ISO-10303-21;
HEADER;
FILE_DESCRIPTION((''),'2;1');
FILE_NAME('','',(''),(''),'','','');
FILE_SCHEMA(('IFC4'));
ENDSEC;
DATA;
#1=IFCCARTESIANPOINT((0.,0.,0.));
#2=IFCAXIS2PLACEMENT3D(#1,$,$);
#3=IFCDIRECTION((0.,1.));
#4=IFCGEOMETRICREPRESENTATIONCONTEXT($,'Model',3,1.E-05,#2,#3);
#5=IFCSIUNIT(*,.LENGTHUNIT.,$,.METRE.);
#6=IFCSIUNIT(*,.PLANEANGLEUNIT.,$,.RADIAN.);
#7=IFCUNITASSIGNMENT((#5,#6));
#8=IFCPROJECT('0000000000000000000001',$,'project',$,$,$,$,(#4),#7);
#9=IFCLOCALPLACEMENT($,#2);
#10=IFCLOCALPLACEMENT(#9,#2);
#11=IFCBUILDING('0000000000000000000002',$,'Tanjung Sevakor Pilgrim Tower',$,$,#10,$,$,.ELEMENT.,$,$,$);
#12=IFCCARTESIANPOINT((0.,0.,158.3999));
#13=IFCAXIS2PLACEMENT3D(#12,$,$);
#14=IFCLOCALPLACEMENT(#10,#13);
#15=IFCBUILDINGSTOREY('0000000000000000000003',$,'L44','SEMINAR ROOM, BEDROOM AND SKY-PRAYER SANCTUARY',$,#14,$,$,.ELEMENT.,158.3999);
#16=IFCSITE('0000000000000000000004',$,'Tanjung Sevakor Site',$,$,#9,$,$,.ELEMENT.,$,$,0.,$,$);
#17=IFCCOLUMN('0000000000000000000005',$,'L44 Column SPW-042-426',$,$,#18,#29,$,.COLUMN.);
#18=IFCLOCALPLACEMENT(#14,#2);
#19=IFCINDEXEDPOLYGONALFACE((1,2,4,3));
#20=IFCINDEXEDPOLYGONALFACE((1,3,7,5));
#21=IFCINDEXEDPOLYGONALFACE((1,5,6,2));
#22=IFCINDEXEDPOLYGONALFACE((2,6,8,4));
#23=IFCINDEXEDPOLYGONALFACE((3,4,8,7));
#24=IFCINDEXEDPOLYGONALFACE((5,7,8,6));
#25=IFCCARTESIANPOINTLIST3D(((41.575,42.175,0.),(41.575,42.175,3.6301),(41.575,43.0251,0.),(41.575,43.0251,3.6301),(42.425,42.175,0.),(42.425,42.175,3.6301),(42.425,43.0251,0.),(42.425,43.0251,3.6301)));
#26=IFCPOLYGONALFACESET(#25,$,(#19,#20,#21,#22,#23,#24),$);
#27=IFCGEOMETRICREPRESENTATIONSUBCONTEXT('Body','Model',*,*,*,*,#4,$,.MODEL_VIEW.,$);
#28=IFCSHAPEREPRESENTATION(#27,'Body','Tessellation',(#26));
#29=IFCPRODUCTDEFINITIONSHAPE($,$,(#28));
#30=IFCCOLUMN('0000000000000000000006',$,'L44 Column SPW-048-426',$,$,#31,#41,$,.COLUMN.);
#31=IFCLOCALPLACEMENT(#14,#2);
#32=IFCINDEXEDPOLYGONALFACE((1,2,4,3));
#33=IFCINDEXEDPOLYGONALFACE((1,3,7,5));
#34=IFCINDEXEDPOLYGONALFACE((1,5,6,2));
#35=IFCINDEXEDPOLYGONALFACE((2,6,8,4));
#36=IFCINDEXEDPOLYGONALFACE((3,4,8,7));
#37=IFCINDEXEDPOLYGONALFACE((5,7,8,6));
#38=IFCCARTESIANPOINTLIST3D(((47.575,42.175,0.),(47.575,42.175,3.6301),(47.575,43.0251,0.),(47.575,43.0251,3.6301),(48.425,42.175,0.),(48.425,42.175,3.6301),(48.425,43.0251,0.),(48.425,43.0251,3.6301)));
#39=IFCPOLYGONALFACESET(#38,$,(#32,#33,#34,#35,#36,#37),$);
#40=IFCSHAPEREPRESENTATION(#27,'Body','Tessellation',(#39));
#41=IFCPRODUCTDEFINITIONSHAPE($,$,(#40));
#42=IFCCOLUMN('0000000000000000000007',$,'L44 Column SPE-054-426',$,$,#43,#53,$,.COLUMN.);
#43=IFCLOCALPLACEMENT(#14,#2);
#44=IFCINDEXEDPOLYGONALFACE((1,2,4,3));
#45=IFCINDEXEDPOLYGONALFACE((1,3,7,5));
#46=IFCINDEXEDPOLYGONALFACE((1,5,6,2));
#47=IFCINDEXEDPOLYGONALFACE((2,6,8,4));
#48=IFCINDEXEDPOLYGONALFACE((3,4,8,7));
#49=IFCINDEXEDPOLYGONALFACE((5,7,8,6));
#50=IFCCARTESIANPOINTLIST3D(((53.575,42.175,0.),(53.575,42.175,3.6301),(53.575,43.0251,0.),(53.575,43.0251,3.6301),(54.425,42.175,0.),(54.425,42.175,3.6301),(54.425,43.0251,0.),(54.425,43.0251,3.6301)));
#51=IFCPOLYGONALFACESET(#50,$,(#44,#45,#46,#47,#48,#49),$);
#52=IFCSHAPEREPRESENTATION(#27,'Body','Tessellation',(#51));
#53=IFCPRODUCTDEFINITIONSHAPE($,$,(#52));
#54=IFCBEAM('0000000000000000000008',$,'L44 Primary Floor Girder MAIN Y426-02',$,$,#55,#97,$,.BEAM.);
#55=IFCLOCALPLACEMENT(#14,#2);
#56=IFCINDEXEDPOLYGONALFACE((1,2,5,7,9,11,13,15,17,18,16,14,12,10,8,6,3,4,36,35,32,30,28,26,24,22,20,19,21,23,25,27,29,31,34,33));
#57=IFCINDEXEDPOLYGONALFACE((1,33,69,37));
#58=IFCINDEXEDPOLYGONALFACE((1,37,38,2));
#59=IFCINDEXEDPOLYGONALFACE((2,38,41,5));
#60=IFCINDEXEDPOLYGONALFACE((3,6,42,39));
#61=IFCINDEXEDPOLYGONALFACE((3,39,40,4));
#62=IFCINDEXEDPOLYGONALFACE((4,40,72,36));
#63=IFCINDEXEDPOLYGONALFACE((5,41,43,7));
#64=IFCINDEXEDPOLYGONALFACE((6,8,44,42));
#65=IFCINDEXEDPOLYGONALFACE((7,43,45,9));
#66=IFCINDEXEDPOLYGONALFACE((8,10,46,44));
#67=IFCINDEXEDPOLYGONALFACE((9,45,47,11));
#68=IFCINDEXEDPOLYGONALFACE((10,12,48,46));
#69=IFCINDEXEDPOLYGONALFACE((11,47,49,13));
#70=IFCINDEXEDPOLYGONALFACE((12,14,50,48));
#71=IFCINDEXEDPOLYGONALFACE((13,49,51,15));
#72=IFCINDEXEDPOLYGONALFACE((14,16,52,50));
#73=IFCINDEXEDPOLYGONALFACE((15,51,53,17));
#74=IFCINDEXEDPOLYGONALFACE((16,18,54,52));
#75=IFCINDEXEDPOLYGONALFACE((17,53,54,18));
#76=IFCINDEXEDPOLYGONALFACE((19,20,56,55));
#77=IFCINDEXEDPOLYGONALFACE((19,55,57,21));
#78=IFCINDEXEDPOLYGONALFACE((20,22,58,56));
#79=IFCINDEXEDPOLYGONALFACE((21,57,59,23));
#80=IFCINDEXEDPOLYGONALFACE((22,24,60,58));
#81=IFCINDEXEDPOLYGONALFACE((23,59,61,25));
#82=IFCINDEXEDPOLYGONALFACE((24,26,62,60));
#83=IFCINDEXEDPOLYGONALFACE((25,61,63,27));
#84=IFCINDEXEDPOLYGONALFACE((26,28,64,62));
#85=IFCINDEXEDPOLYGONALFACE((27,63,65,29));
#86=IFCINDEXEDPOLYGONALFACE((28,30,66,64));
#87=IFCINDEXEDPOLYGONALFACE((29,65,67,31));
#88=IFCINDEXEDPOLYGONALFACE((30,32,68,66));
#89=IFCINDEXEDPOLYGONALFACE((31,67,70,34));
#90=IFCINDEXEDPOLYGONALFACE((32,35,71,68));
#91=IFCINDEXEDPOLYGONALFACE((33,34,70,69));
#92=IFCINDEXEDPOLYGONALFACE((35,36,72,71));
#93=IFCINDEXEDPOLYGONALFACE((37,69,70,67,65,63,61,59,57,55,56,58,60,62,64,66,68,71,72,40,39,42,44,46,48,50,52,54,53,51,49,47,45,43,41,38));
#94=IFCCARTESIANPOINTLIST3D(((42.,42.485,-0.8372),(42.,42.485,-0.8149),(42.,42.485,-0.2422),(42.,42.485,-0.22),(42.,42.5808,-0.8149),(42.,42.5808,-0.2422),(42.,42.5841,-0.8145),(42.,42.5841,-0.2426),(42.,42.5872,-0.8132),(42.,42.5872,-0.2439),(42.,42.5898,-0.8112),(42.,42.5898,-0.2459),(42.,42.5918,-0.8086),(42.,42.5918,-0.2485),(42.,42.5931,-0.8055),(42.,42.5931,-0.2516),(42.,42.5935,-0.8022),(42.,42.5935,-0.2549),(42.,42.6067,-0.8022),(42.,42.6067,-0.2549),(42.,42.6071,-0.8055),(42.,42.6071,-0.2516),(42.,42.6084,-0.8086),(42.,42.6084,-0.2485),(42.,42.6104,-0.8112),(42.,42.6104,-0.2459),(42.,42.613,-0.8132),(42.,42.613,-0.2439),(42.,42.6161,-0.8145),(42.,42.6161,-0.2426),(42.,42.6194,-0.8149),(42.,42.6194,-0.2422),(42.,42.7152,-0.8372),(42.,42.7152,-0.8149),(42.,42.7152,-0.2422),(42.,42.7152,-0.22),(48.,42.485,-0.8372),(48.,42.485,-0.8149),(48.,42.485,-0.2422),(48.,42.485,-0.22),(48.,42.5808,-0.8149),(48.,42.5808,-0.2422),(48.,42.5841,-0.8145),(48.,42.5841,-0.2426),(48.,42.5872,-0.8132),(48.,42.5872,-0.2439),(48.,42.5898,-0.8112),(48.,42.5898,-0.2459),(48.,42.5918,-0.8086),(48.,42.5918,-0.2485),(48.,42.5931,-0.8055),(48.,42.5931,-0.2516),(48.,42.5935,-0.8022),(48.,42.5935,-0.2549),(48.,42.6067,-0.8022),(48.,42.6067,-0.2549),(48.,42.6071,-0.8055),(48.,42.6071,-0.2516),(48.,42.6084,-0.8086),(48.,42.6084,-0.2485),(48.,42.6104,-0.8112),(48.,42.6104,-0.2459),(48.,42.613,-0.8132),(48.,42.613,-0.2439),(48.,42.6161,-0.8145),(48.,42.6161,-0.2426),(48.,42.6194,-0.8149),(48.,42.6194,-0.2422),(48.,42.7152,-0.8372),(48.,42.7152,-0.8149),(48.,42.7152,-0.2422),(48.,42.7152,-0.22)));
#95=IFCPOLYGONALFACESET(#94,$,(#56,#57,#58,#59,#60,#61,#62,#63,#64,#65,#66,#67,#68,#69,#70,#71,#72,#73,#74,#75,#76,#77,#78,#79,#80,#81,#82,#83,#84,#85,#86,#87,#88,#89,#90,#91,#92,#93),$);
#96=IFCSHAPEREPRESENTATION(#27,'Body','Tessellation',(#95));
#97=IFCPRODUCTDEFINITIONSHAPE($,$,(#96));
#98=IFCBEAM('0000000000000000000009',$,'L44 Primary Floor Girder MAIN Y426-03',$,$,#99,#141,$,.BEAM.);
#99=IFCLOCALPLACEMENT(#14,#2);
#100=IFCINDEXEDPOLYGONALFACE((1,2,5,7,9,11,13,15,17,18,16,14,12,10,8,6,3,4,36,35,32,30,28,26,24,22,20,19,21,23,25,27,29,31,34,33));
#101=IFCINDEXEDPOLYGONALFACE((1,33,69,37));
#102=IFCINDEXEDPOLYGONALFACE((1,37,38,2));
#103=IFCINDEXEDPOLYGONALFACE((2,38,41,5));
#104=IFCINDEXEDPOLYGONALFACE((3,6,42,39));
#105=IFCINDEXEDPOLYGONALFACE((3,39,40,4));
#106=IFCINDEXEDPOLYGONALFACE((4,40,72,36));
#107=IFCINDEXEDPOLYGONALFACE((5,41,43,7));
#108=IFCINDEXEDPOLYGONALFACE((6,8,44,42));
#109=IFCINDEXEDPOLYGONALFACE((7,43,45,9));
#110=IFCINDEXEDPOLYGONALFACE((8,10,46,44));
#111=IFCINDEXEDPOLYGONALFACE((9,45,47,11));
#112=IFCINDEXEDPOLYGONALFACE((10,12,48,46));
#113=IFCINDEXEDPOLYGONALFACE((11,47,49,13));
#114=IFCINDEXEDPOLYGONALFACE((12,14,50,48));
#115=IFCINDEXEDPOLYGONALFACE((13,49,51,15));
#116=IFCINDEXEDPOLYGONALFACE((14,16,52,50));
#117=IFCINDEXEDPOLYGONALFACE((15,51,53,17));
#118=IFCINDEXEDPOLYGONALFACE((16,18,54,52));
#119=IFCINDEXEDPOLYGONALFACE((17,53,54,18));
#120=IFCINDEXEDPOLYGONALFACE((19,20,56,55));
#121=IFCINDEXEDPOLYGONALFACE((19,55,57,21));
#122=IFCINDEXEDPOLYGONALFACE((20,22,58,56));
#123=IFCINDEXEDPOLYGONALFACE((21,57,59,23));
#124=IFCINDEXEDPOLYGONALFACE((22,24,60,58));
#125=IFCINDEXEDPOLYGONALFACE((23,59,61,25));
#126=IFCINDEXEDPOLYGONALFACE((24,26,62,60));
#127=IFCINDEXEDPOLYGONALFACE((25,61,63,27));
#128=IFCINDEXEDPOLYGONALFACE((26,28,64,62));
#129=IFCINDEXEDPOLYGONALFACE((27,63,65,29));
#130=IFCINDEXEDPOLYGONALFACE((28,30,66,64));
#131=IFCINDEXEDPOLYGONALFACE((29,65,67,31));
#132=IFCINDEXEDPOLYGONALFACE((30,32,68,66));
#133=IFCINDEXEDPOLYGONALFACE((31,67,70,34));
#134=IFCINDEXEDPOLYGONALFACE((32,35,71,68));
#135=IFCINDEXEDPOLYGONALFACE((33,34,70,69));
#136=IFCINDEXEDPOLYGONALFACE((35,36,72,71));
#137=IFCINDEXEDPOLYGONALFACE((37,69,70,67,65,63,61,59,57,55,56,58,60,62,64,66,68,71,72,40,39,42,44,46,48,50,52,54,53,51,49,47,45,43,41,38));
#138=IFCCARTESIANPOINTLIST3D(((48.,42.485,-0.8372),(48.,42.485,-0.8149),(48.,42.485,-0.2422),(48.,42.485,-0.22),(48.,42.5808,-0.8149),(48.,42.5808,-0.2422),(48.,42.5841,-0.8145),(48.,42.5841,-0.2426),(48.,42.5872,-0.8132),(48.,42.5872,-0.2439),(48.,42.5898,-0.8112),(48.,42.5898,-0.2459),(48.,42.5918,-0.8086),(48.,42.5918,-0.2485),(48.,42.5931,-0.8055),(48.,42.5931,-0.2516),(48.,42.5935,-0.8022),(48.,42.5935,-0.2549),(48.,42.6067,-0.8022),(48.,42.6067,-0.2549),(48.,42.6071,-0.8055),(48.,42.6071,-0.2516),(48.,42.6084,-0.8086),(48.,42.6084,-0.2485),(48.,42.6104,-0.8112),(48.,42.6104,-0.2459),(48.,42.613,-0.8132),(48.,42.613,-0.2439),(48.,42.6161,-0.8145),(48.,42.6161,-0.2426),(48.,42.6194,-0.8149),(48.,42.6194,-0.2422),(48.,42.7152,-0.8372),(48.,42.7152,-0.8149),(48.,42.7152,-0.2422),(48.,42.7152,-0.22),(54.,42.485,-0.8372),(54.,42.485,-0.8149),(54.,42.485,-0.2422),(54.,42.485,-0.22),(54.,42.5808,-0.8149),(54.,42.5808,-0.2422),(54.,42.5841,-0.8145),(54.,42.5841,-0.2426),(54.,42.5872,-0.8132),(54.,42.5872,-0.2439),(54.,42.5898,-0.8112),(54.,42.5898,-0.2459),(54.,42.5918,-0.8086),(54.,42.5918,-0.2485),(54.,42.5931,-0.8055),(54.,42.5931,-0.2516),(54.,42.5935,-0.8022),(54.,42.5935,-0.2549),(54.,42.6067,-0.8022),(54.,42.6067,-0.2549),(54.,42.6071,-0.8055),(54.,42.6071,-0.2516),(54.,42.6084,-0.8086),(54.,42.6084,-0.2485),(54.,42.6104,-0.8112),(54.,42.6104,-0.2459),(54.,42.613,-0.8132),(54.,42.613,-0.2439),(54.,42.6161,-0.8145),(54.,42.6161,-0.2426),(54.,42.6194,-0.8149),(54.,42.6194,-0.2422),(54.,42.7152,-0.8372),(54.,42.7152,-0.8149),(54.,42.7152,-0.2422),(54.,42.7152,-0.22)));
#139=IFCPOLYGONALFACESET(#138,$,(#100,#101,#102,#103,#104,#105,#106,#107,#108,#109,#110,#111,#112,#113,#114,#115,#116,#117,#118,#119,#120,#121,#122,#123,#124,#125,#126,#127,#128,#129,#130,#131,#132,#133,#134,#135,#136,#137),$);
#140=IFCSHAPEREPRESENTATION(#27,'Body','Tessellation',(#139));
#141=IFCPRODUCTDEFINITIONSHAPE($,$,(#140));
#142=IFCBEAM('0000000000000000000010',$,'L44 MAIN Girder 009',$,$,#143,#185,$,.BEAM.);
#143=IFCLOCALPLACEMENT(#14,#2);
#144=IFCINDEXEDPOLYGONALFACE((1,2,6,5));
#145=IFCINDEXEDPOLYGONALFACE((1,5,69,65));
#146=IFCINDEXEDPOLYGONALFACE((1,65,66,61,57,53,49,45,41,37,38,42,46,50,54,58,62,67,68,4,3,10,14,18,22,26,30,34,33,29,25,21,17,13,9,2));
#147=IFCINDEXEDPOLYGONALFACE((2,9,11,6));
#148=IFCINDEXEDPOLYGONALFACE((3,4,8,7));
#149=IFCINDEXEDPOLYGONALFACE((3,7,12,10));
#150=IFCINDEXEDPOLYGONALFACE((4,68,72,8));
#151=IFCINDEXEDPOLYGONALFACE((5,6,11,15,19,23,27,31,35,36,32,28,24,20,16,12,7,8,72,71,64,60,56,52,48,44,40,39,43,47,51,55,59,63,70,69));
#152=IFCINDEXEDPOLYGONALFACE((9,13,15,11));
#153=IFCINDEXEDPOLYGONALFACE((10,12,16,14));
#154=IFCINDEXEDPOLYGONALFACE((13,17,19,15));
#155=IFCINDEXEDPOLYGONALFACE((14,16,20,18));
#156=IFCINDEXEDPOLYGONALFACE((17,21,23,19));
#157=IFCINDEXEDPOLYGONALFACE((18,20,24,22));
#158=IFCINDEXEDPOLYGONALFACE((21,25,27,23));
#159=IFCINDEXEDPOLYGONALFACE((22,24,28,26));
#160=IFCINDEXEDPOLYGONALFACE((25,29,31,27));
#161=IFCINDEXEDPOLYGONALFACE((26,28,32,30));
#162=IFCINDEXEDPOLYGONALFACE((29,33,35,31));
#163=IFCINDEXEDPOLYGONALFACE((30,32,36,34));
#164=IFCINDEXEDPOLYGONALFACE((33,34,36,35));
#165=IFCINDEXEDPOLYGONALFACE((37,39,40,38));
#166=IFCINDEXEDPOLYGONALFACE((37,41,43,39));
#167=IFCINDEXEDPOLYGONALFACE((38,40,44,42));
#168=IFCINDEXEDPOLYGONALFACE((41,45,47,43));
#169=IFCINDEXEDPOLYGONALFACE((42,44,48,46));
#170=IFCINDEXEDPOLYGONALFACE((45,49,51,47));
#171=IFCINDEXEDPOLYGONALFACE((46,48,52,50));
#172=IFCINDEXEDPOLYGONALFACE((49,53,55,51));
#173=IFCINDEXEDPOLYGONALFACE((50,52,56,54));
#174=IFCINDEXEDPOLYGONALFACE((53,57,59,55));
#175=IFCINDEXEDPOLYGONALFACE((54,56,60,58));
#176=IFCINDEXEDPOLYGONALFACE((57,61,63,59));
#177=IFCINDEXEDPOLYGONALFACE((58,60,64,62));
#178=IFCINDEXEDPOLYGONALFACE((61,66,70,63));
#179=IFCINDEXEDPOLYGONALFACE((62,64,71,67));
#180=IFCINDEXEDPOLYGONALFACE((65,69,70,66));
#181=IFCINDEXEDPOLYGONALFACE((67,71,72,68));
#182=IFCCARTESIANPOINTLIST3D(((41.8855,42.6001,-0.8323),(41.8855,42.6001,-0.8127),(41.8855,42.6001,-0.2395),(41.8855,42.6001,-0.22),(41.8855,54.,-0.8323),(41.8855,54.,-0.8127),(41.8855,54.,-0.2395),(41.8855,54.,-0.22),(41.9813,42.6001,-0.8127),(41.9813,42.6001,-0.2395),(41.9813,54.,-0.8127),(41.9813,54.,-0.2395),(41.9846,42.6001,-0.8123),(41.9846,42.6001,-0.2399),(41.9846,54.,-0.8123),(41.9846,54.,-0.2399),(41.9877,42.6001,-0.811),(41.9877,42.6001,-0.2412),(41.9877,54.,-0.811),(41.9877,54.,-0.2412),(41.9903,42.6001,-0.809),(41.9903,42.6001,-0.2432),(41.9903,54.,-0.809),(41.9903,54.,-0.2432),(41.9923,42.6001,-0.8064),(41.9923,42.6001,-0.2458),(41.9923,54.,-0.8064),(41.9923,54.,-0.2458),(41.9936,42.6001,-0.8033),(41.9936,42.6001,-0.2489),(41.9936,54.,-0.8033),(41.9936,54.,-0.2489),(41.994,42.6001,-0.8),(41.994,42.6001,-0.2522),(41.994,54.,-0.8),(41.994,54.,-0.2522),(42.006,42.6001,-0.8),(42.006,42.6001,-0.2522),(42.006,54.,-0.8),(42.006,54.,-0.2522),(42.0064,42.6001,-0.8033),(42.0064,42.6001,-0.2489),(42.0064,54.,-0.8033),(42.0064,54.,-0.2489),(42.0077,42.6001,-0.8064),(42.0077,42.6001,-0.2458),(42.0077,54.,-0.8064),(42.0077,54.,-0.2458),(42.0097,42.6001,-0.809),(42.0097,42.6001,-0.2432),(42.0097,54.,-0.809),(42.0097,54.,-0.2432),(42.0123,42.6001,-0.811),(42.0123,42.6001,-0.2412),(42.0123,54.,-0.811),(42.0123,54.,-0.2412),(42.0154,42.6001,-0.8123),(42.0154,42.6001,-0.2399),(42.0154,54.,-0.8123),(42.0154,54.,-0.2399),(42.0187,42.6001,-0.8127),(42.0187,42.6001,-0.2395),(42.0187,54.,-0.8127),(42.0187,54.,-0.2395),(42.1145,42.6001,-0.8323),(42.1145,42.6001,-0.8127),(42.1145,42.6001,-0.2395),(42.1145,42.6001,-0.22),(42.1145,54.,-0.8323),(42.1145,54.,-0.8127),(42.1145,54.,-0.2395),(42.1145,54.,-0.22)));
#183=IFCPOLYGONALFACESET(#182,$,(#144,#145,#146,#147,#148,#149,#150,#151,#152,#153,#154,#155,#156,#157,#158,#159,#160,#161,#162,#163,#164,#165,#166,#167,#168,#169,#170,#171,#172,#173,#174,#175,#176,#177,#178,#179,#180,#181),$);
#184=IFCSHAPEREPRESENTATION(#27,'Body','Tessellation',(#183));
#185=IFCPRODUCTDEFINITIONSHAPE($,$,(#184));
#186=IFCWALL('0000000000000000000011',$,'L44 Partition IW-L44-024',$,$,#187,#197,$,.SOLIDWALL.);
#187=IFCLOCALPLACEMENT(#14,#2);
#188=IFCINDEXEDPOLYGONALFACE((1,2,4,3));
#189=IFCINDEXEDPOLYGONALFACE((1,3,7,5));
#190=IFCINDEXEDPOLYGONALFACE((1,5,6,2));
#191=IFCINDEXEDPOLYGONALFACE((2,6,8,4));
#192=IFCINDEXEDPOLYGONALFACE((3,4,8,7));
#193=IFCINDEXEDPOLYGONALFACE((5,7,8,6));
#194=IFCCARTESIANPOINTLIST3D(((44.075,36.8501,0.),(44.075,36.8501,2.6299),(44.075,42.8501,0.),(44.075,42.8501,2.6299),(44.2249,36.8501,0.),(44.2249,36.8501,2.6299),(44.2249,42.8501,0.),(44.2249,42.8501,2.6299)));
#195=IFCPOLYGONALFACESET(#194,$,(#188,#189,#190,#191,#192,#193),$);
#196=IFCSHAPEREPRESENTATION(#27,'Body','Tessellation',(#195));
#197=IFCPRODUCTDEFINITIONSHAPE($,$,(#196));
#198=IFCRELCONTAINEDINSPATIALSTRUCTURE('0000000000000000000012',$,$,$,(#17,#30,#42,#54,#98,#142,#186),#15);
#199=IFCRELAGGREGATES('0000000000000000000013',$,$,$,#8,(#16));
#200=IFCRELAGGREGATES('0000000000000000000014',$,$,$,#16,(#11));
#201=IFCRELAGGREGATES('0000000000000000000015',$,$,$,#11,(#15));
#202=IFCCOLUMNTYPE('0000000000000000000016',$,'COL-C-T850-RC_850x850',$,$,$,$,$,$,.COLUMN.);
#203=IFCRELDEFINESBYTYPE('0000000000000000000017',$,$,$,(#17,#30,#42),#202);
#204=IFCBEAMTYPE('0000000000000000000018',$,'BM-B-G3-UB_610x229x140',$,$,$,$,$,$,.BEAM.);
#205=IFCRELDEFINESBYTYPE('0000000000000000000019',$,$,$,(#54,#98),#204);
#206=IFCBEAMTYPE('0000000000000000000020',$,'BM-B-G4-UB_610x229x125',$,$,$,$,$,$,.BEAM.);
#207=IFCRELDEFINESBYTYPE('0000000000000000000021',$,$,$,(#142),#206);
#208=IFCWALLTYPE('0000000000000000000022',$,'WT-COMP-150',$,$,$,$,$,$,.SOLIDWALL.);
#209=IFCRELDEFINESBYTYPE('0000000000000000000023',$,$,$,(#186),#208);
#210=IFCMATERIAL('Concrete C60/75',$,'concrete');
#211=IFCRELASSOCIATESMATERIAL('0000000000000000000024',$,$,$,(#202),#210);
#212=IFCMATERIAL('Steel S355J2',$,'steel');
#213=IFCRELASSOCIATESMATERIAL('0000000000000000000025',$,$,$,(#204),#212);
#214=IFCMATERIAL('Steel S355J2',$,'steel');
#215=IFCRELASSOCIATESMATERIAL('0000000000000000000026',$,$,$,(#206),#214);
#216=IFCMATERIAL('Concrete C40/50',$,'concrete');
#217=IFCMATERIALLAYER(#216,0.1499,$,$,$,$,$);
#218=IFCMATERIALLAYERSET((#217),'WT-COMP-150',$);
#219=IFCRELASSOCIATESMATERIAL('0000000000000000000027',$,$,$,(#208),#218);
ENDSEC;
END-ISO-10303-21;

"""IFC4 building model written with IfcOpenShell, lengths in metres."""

from ifc_helpers import new_model, si_unit, direction, frame, frame_2d, origin, origin_2d, place, context, subcontext, project, spatial, rectangle, i_section, extrude, material, layer, layer_set, material_profile, profile_set, type_object, element, save


model = new_model("IFC4")

# Units and contexts
model_context = context("Model", 3, precision=1e-05, world=origin(), true_north=direction((0.0, 1.0)))
body_context = subcontext(model_context, "Body", "Model", "MODEL_VIEW")
ifc_project = project(units=[si_unit("LENGTHUNIT", "METRE"), si_unit("PLANEANGLEUNIT", "RADIAN")], contexts=[model_context])

# Site, building, storey
site_placement = place(None, origin())
site = spatial("IfcSite", under=ifc_project, at=site_placement, Name="Tanjung Sevakor Site", CompositionType="ELEMENT", RefElevation=0.0)
building_placement = place(site_placement, origin())
building = spatial("IfcBuilding", under=site, at=building_placement, Name="Tanjung Sevakor Pilgrim Tower", CompositionType="ELEMENT")
storey_placement = place(building_placement, frame((0.0, 0.0, 158.3999)))
storey = spatial("IfcBuildingStorey", under=building, at=storey_placement, Name="L44", Description="SEMINAR ROOM, BEDROOM AND SKY-PRAYER SANCTUARY", CompositionType="ELEMENT", Elevation=158.3999)

# Columns
ifc_material_1 = material(Name="Concrete C60/75", Category="concrete")
ifc_material_profile_1 = material_profile(ifc_material_1, rectangle(XDim=0.8501, YDim=0.8501, at=origin_2d()))
ifc_profile_set_1 = profile_set([ifc_material_profile_1], Name="Concrete C60/75")
column_type = type_object("IfcColumnType", Name="COL-C-T850-RC_850x850", PredefinedType="COLUMN", material=ifc_profile_set_1)
for number, where, z_axis, x_axis, name in (
    (1, (42.0, 42.6001, 0.0), (0.0, 0.0, 1.0), (1.0, 0.0, 0.0), "L44 Column SPW-042-426"),
    (2, (48.0, 42.6001, 0.0), (0.0, 0.0, 1.0), (1.0, 0.0, 0.0), "L44 Column SPW-048-426"),
    (3, (54.0, 42.6001, 0.0), (0.0, 0.0, 1.0), (1.0, 0.0, 0.0), "L44 Column SPE-054-426"),
):
    element("IfcColumn", number, at=place(storey_placement, frame(where, z_axis=z_axis, x_axis=x_axis)), inside=storey, type_object=column_type, Name=name, PredefinedType="COLUMN", context=body_context, shape_type="SweptSolid", body=[
        extrude(rectangle(XDim=0.8501, YDim=0.8501, at=origin_2d()), origin(), (0.0, 0.0, 1.0), 3.6301),
    ])

# Beams
ifc_material_2 = material(Name="Steel S355J2", Category="steel")
ifc_material_profile_2 = material_profile(ifc_material_2, i_section(OverallWidth=0.2302, OverallDepth=0.6172, WebThickness=0.0132, FlangeThickness=0.0222, FilletRadius=0.0127, at=origin_2d()))
ifc_profile_set_2 = profile_set([ifc_material_profile_2], Name="Steel S355J2")
beam_type_1 = type_object("IfcBeamType", Name="BM-B-G3-UB_610x229x140", PredefinedType="BEAM", material=ifc_profile_set_2)
for number, where, z_axis, x_axis, name in (
    (4, (42.0, 42.6001, -0.5286), (1.0, 0.0, 0.0), (0.0, 1.0, 0.0), "L44 Primary Floor Girder MAIN Y426-02"),
    (5, (48.0, 42.6001, -0.5286), (1.0, 0.0, 0.0), (0.0, 1.0, 0.0), "L44 Primary Floor Girder MAIN Y426-03"),
):
    element("IfcBeam", number, at=place(storey_placement, frame(where, z_axis=z_axis, x_axis=x_axis)), inside=storey, type_object=beam_type_1, Name=name, PredefinedType="BEAM", context=body_context, shape_type="SweptSolid", body=[
        extrude(i_section(OverallWidth=0.2302, OverallDepth=0.6172, WebThickness=0.0132, FlangeThickness=0.0222, FilletRadius=0.0127, at=origin_2d()), origin(), (0.0, 0.0, 1.0), 6.0),
    ])
ifc_material_3 = material(Name="Steel S355J2", Category="steel")
ifc_material_profile_3 = material_profile(ifc_material_3, i_section(OverallWidth=0.229, OverallDepth=0.6123, WebThickness=0.012, FlangeThickness=0.0195, FilletRadius=0.0127, at=origin_2d()))
ifc_profile_set_3 = profile_set([ifc_material_profile_3], Name="Steel S355J2")
beam_type_2 = type_object("IfcBeamType", Name="BM-B-G4-UB_610x229x125", PredefinedType="BEAM", material=ifc_profile_set_3)
beam_placement = place(storey_placement, frame((42.0, 42.6001, -0.5261), z_axis=(0.0, 1.0, 0.0), x_axis=(-1.0, 0.0, 0.0)))
element("IfcBeam", 6, at=beam_placement, inside=storey, type_object=beam_type_2, Name="L44 MAIN Girder 009", PredefinedType="BEAM", context=body_context, shape_type="SweptSolid", body=[
    extrude(i_section(OverallWidth=0.229, OverallDepth=0.6123, WebThickness=0.012, FlangeThickness=0.0195, FilletRadius=0.0127, at=origin_2d()), origin(), (0.0, 0.0, 1.0), 11.3999),
])

# Wall
ifc_material_4 = material(Name="Concrete C40/50", Category="concrete")
ifc_layer_1 = layer(ifc_material_4, 0.1499)
ifc_layer_set_1 = layer_set([ifc_layer_1], Name="WT-COMP-150")
wall_type_1 = type_object("IfcWallType", Name="WT-COMP-150", PredefinedType="SOLIDWALL", material=ifc_layer_set_1)
wall_1_placement = place(storey_placement, frame((44.1499, 36.8501, 0.0), z_axis=(0.0, 0.0, 1.0), x_axis=(0.0, 1.0, 0.0)))
element("IfcWall", 7, at=wall_1_placement, inside=storey, type_object=wall_type_1, Name="L44 Partition IW-L44-024", PredefinedType="SOLIDWALL", context=body_context, shape_type="SweptSolid", body=[
    extrude(rectangle(XDim=6.0, YDim=0.1499, at=frame_2d((3.0, 0.0))), origin(), (0.0, 0.0, 1.0), 2.6299),
])

save(model, "model.ifc")
